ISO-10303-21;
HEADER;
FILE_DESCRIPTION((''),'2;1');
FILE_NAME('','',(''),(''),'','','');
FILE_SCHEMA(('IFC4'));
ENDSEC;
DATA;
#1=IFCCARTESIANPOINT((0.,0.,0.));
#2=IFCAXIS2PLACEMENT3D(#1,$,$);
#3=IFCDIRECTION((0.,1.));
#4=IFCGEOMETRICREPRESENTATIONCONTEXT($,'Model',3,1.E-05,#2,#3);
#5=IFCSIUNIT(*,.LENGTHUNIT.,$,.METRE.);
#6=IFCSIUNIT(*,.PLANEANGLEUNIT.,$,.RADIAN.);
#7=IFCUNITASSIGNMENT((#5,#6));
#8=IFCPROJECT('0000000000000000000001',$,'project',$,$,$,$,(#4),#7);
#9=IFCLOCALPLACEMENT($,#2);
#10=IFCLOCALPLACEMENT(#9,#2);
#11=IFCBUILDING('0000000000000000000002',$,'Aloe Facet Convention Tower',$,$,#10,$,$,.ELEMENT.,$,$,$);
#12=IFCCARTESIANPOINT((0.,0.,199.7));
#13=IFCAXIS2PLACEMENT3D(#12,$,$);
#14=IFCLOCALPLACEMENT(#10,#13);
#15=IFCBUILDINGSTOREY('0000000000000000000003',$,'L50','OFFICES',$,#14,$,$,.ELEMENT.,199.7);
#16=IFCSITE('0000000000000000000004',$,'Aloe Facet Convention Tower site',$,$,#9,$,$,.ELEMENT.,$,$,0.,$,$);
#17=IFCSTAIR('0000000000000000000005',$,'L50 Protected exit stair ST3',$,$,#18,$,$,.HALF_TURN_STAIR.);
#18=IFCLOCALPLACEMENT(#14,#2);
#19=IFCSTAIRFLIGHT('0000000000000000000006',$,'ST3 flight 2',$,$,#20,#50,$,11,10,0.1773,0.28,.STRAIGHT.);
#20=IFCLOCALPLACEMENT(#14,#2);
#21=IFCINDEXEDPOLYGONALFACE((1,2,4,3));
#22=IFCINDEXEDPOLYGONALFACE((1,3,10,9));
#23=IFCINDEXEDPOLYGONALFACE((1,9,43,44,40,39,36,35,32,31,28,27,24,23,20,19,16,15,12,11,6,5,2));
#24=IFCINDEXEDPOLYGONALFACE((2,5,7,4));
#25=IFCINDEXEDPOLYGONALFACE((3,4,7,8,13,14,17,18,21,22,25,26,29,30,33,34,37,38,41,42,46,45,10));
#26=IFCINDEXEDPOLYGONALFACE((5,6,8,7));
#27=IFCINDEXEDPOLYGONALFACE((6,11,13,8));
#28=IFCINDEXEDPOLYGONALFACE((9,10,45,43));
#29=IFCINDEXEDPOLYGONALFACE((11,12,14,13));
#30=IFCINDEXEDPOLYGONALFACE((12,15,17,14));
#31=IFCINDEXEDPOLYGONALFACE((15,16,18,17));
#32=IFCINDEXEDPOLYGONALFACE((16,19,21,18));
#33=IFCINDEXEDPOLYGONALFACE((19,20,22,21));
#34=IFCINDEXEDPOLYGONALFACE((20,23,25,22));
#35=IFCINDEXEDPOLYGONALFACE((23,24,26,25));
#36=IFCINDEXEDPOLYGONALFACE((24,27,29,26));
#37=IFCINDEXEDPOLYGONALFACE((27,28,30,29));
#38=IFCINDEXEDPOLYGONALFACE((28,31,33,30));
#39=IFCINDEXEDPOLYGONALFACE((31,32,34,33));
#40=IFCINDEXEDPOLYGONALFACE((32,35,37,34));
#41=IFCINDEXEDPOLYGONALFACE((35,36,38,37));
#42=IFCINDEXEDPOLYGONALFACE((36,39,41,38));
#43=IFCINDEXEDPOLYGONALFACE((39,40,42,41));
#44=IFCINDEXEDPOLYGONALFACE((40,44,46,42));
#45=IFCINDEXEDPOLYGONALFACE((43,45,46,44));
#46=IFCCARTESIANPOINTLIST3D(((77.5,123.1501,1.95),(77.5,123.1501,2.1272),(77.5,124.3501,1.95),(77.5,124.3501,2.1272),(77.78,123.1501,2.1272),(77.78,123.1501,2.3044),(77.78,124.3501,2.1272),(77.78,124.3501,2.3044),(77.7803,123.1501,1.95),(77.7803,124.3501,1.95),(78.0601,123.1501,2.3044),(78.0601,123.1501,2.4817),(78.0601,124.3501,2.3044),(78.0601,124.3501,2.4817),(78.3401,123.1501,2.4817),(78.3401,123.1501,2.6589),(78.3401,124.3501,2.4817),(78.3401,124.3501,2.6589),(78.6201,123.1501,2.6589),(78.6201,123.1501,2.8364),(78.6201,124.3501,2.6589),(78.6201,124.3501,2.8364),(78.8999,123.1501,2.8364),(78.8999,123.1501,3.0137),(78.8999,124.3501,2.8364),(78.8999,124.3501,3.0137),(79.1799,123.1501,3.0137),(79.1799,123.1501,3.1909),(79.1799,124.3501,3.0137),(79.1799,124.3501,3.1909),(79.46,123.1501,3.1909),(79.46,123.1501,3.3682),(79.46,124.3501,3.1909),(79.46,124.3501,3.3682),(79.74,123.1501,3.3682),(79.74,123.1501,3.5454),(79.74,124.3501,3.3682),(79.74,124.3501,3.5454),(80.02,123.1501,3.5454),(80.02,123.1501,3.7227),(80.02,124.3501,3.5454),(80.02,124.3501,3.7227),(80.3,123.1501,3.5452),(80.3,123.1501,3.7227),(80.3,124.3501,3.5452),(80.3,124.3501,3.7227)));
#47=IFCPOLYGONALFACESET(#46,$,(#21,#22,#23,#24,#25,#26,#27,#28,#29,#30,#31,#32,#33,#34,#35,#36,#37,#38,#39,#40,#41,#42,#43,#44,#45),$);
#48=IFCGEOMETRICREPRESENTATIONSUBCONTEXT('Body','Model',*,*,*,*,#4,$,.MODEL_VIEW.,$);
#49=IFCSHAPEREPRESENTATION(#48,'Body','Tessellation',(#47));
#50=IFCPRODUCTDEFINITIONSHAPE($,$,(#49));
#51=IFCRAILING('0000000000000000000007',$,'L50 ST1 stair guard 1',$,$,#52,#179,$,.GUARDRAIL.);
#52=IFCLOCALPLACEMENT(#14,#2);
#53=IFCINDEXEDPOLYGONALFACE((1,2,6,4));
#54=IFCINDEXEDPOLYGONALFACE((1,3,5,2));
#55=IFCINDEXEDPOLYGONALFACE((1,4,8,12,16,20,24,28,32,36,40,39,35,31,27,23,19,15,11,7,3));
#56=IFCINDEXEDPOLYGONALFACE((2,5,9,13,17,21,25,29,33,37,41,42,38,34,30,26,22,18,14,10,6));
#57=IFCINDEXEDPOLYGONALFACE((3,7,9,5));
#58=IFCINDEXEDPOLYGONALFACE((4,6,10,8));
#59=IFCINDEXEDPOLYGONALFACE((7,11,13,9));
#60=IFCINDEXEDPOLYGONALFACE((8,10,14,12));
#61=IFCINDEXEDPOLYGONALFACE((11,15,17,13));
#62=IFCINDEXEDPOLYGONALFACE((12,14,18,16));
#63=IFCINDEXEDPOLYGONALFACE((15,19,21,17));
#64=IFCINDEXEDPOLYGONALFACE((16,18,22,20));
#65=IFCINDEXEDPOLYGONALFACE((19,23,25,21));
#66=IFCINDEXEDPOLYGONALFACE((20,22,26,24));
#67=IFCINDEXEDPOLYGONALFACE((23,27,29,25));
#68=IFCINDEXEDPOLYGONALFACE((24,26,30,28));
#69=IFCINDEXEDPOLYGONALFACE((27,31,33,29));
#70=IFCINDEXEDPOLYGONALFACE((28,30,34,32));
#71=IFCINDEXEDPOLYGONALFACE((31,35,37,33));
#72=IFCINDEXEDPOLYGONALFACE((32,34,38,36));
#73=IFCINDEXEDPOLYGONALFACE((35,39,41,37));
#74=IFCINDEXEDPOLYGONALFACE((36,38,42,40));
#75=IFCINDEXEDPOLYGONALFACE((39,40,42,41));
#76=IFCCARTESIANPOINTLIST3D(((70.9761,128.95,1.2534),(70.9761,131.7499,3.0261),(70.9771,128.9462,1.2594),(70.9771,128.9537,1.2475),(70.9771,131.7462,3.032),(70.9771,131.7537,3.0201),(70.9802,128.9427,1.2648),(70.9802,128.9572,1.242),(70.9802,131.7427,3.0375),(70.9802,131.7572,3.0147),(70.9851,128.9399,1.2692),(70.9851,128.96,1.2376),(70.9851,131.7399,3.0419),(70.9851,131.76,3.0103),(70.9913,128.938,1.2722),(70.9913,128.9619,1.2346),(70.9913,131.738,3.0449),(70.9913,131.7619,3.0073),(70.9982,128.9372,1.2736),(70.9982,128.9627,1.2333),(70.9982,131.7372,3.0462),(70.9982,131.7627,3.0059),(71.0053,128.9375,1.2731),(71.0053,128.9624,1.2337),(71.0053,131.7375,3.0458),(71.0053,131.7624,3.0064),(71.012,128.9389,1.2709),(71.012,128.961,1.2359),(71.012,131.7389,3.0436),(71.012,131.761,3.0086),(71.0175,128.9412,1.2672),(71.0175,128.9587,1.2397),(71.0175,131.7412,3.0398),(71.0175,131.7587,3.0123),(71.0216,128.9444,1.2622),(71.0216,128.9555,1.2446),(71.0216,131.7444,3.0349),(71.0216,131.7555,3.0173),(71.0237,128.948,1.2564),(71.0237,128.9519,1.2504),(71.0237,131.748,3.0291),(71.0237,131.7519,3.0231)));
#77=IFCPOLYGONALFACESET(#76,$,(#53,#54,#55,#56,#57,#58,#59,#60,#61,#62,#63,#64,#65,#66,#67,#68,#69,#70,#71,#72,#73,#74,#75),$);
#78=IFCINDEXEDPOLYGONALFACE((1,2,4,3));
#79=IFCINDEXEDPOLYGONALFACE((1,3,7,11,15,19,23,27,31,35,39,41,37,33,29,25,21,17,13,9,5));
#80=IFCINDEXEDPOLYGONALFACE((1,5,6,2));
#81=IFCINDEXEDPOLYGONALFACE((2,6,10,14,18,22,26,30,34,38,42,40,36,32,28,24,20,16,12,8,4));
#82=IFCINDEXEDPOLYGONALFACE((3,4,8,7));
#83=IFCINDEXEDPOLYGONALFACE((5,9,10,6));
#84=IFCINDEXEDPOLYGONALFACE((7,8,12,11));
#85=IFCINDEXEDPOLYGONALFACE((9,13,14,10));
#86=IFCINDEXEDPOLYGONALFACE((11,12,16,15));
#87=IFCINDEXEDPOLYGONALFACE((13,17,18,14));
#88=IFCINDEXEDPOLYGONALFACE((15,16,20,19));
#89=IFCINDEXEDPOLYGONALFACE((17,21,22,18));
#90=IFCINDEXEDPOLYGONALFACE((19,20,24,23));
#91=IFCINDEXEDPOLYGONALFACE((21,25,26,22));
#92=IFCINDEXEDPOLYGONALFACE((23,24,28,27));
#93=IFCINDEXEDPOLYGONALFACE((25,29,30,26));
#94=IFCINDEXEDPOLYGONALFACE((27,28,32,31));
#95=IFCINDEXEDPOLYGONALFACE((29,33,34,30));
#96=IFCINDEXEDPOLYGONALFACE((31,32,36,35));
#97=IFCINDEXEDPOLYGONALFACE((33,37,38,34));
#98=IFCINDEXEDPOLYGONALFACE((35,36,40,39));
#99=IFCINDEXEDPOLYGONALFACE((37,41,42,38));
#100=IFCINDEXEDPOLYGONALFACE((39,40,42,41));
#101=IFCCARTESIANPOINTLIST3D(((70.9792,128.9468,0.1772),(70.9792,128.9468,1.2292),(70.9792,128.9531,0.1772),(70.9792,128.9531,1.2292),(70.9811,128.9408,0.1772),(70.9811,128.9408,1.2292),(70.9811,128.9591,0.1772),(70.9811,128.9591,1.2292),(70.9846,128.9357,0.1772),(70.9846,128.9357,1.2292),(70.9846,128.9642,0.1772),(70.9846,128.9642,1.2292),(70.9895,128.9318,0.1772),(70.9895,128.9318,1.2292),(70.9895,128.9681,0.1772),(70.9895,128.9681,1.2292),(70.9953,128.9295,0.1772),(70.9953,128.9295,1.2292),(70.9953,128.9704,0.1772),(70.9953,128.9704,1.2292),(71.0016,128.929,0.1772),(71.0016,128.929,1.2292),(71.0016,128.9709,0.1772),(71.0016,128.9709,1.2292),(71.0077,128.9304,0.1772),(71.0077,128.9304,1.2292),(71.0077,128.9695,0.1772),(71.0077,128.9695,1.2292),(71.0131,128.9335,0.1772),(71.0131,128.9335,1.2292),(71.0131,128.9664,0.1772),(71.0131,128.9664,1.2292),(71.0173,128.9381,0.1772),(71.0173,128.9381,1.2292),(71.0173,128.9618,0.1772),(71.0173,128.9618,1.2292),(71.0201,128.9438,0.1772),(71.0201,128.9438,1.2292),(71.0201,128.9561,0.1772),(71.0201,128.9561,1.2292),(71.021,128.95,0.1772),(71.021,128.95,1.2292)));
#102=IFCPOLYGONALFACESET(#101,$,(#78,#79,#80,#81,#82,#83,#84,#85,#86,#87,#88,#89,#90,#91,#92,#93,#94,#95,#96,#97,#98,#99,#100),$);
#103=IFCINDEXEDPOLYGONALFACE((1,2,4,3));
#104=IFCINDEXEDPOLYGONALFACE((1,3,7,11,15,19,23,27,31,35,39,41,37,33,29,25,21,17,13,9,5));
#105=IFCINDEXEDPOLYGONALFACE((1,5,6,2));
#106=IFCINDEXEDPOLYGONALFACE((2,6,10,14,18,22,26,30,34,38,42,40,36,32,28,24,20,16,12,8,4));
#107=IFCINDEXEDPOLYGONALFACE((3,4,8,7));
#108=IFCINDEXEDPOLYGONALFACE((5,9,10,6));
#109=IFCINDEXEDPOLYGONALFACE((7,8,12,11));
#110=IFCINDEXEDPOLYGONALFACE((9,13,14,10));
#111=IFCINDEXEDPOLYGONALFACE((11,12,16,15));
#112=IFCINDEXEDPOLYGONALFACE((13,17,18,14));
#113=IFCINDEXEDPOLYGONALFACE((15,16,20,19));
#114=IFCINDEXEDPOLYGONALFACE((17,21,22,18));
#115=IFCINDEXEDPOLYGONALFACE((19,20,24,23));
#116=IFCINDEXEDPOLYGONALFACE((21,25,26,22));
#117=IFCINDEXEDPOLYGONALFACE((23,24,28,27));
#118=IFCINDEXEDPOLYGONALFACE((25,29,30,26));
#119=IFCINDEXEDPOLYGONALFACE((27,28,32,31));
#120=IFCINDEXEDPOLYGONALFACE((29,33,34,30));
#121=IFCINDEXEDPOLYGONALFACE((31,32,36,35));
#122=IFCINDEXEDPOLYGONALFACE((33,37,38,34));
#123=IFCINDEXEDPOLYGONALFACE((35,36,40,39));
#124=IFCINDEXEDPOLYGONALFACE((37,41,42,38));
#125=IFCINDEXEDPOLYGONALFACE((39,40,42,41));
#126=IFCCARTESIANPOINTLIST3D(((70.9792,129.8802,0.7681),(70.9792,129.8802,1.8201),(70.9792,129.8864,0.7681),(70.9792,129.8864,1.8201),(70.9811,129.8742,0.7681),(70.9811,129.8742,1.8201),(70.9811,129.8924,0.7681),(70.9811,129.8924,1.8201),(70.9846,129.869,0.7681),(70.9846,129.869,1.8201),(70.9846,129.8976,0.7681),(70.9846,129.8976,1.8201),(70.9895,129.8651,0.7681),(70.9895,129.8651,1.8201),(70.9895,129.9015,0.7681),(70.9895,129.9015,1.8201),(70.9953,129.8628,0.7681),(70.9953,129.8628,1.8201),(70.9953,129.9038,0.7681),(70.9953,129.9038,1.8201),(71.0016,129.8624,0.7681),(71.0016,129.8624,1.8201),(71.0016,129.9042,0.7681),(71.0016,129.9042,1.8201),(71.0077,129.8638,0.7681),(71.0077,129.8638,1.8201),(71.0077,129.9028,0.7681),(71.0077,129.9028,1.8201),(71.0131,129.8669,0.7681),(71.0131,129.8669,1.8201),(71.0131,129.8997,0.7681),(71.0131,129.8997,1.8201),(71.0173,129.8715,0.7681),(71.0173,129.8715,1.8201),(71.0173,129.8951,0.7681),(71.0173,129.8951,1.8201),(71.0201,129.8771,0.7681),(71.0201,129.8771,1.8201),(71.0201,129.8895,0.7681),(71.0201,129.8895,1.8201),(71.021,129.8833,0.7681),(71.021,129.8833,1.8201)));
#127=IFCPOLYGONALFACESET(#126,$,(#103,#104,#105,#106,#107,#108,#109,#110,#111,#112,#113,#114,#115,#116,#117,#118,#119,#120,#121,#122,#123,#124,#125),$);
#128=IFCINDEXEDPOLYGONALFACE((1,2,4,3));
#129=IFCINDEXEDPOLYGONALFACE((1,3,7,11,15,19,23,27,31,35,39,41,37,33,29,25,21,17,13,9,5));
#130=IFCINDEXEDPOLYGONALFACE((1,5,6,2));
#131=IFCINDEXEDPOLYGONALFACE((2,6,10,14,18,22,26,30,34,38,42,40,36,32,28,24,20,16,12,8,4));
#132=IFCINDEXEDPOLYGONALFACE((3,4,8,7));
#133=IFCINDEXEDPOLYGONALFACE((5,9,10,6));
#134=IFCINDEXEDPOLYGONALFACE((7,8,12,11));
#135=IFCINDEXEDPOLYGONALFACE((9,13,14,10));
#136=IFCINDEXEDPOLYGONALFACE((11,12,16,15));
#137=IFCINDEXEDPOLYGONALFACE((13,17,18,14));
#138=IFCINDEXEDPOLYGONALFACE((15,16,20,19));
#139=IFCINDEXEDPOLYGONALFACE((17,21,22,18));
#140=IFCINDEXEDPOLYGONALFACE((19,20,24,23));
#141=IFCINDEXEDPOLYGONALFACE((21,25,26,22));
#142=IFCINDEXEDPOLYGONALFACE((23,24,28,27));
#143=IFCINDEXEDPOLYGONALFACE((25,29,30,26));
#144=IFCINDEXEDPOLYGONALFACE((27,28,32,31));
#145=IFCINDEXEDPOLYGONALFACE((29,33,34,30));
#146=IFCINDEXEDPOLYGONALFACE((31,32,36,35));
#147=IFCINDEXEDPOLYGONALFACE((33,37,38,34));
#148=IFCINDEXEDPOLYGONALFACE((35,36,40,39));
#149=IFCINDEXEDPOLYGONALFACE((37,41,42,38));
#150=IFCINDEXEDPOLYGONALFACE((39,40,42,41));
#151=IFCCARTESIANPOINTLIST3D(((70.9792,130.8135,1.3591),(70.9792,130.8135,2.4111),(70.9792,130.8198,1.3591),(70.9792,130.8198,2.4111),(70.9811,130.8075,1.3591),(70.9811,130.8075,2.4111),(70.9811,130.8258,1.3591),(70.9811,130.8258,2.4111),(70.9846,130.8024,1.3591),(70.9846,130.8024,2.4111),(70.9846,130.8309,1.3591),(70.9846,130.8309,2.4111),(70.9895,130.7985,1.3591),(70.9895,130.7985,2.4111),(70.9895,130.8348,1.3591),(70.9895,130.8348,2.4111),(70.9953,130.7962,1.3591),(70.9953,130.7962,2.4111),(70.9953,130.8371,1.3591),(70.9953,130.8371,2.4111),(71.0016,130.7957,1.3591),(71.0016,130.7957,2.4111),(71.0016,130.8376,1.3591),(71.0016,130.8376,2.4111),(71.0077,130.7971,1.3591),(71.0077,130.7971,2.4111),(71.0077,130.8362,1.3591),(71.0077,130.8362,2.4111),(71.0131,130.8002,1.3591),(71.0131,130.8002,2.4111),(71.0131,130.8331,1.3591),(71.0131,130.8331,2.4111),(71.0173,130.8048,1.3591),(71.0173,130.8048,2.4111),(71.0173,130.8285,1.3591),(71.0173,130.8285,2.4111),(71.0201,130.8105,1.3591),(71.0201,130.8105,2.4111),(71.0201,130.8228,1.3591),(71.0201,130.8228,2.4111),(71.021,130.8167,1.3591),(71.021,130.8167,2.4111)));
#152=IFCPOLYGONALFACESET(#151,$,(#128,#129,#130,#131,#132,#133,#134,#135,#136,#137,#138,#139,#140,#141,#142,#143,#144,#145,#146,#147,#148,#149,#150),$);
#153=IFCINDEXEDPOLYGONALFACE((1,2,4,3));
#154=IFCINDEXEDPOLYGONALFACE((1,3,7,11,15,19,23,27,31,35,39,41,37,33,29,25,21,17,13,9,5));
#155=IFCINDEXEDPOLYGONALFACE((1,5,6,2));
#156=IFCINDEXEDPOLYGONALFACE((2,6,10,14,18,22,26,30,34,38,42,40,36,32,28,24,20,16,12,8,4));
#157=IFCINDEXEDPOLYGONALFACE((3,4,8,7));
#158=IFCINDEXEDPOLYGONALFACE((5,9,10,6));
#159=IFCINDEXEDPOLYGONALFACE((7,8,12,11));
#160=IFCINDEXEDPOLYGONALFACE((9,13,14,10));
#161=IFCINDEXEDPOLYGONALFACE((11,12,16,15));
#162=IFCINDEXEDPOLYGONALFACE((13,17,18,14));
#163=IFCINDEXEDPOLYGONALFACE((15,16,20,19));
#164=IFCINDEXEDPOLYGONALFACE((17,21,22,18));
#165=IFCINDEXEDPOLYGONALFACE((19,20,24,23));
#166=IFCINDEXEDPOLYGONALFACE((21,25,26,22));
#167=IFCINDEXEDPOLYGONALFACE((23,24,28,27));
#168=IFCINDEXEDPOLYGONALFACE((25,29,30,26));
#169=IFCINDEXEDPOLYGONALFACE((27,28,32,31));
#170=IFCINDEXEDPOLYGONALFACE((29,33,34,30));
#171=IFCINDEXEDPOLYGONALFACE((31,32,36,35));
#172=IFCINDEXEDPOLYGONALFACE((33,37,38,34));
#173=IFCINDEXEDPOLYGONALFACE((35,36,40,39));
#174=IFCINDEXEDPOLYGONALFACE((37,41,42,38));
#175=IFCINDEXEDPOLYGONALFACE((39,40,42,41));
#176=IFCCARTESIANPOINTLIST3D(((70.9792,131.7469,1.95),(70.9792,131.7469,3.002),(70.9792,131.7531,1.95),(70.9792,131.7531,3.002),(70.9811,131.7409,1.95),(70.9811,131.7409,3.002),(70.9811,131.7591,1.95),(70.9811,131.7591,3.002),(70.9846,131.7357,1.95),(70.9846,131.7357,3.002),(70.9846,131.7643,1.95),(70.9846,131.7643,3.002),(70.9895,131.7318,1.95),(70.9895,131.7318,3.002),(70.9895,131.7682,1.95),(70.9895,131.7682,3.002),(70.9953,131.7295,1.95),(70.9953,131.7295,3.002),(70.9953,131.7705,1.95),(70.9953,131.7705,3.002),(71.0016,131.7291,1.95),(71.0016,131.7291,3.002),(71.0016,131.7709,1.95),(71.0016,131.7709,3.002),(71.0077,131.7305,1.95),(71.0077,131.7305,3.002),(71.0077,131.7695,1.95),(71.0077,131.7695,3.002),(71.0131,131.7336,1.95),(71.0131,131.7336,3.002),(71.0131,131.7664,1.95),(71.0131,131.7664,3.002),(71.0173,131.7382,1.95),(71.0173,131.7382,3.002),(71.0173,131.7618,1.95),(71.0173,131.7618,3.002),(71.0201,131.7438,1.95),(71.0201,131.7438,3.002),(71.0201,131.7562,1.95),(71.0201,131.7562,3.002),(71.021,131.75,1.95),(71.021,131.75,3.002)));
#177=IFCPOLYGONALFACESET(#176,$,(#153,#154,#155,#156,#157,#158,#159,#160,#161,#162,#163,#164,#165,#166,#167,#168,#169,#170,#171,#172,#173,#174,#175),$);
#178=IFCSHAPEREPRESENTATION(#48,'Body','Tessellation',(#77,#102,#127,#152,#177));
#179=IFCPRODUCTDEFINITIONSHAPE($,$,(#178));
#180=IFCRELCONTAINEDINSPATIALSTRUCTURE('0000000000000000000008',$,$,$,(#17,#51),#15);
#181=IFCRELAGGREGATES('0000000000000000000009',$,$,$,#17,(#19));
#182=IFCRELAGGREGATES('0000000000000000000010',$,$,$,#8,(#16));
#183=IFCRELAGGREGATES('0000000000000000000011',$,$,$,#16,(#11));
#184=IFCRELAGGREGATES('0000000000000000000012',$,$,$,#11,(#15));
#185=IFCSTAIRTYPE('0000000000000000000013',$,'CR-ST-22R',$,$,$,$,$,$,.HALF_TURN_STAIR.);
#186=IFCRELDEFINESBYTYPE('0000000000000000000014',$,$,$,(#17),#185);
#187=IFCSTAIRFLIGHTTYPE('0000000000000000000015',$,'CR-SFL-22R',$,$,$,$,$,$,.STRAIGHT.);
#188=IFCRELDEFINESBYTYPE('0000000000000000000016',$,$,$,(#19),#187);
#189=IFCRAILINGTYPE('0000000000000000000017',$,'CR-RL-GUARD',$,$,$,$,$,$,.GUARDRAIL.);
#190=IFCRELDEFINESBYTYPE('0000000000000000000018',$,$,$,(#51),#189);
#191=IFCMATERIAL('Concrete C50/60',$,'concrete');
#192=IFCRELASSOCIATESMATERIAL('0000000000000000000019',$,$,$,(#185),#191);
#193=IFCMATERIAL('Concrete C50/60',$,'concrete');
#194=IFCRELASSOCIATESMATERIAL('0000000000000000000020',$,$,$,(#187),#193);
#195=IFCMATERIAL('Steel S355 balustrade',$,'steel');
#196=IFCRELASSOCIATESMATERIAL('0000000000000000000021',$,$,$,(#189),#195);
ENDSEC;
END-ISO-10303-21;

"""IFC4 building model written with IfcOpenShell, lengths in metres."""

from ifc_helpers import new_model, si_unit, direction, frame, origin, origin_2d, place, context, subcontext, project, spatial, polyline, circle, outline, extrude, material, type_object, element, aggregate, save


model = new_model("IFC4")

# Units and contexts
model_context = context("Model", 3, precision=1e-05, world=origin(), true_north=direction((0.0, 1.0)))
body_context = subcontext(model_context, "Body", "Model", "MODEL_VIEW")
ifc_project = project(units=[si_unit("LENGTHUNIT", "METRE"), si_unit("PLANEANGLEUNIT", "RADIAN")], contexts=[model_context])

# Site, building, storey
site_placement = place(None, origin())
site = spatial("IfcSite", under=ifc_project, at=site_placement, Name="Aloe Facet Convention Tower site", CompositionType="ELEMENT", RefElevation=0.0)
building_placement = place(site_placement, origin())
building = spatial("IfcBuilding", under=site, at=building_placement, Name="Aloe Facet Convention Tower", CompositionType="ELEMENT")
storey_placement = place(building_placement, frame((0.0, 0.0, 199.7)))
storey = spatial("IfcBuildingStorey", under=building, at=storey_placement, Name="L50", Description="OFFICES", CompositionType="ELEMENT", Elevation=199.7)

# Stair, stair flight
ifc_material_1 = material(Name="Concrete C50/60", Category="concrete")
stair_type = type_object("IfcStairType", Name="CR-ST-22R", PredefinedType="HALF_TURN_STAIR", material=ifc_material_1)
ifc_material_2 = material(Name="Concrete C50/60", Category="concrete")
stair_flight_type = type_object("IfcStairFlightType", Name="CR-SFL-22R", PredefinedType="STRAIGHT", material=ifc_material_2)
stair_1_placement = place(storey_placement, origin())
stair_1 = element("IfcStair", 1, at=stair_1_placement, inside=storey, type_object=stair_type, Name="L50 Protected exit stair ST3", PredefinedType="HALF_TURN_STAIR")
stair_flight_1_placement = place(storey_placement, frame((77.5, 123.75, 1.95), z_axis=(0.0, 0.0, 1.0), x_axis=(1.0, 0.0, 0.0)))
stair_flight_1 = element("IfcStairFlight", 2, at=stair_flight_1_placement, type_object=stair_flight_type, Name="ST3 flight 2", NumberOfRisers=11, NumberOfTreads=10, PredefinedType="STRAIGHT", RiserHeight=0.1773, TreadLength=0.28, context=body_context, shape_type="SweptSolid", body=[
    extrude(outline(polyline([(0.0, 0.0), (0.0, 0.1772), (0.28, 0.1772), (0.28, 0.3545), (0.5601, 0.3545), (0.5601, 0.5317), (0.8401, 0.5317), (0.8401, 0.709), (1.1201, 0.709), (1.1201, 0.8865), (1.3999, 0.8865), (1.3999, 1.0637), (1.6799, 1.0637), (1.6799, 1.241), (1.96, 1.241), (1.96, 1.4182), (2.24, 1.4182), (2.24, 1.5955), (2.52, 1.5955), (2.52, 1.7727), (2.8, 1.7727), (2.8, 1.95), (2.8, 1.5952), (0.2803, 0.0), (0.0, 0.0)])), frame((0.0, 0.6001, 0.0), z_axis=(0.0, -1.0, 0.0), x_axis=(1.0, 0.0, 0.0)), (0.0, 0.0, 1.0), 1.2),
])
aggregate(stair_1, [stair_flight_1])

# Railing
ifc_material_3 = material(Name="Steel S355 balustrade", Category="steel")
railing_type_1 = type_object("IfcRailingType", Name="CR-RL-GUARD", PredefinedType="GUARDRAIL", material=ifc_material_3)
railing_1_placement = place(storey_placement, frame((71.0, 128.95, 0.1772)))
element("IfcRailing", 3, at=railing_1_placement, inside=storey, type_object=railing_type_1, Name="L50 ST1 stair guard 1", PredefinedType="GUARDRAIL", context=body_context, shape_type="SweptSolid", body=[
    extrude(circle(Radius=0.0239, at=origin_2d()), frame((0.0, 0.0, 1.0762), z_axis=(0.0, 0.844909, 0.53491), x_axis=(-1.0, 0.0, 0.0)), (0.0, 0.0, 1.0), 3.314),
    extrude(circle(Radius=0.021, at=origin_2d()), origin(), (0.0, 0.0, 1.0), 1.052),
    extrude(circle(Radius=0.021, at=origin_2d()), frame((0.0, 0.9333, 0.5908)), (0.0, 0.0, 1.0), 1.052),
    extrude(circle(Radius=0.021, at=origin_2d()), frame((0.0, 1.8667, 1.1819)), (0.0, 0.0, 1.0), 1.052),
    extrude(circle(Radius=0.021, at=origin_2d()), frame((0.0, 2.8, 1.7727)), (0.0, 0.0, 1.0), 1.052),
])

save(model, "model.ifc")
